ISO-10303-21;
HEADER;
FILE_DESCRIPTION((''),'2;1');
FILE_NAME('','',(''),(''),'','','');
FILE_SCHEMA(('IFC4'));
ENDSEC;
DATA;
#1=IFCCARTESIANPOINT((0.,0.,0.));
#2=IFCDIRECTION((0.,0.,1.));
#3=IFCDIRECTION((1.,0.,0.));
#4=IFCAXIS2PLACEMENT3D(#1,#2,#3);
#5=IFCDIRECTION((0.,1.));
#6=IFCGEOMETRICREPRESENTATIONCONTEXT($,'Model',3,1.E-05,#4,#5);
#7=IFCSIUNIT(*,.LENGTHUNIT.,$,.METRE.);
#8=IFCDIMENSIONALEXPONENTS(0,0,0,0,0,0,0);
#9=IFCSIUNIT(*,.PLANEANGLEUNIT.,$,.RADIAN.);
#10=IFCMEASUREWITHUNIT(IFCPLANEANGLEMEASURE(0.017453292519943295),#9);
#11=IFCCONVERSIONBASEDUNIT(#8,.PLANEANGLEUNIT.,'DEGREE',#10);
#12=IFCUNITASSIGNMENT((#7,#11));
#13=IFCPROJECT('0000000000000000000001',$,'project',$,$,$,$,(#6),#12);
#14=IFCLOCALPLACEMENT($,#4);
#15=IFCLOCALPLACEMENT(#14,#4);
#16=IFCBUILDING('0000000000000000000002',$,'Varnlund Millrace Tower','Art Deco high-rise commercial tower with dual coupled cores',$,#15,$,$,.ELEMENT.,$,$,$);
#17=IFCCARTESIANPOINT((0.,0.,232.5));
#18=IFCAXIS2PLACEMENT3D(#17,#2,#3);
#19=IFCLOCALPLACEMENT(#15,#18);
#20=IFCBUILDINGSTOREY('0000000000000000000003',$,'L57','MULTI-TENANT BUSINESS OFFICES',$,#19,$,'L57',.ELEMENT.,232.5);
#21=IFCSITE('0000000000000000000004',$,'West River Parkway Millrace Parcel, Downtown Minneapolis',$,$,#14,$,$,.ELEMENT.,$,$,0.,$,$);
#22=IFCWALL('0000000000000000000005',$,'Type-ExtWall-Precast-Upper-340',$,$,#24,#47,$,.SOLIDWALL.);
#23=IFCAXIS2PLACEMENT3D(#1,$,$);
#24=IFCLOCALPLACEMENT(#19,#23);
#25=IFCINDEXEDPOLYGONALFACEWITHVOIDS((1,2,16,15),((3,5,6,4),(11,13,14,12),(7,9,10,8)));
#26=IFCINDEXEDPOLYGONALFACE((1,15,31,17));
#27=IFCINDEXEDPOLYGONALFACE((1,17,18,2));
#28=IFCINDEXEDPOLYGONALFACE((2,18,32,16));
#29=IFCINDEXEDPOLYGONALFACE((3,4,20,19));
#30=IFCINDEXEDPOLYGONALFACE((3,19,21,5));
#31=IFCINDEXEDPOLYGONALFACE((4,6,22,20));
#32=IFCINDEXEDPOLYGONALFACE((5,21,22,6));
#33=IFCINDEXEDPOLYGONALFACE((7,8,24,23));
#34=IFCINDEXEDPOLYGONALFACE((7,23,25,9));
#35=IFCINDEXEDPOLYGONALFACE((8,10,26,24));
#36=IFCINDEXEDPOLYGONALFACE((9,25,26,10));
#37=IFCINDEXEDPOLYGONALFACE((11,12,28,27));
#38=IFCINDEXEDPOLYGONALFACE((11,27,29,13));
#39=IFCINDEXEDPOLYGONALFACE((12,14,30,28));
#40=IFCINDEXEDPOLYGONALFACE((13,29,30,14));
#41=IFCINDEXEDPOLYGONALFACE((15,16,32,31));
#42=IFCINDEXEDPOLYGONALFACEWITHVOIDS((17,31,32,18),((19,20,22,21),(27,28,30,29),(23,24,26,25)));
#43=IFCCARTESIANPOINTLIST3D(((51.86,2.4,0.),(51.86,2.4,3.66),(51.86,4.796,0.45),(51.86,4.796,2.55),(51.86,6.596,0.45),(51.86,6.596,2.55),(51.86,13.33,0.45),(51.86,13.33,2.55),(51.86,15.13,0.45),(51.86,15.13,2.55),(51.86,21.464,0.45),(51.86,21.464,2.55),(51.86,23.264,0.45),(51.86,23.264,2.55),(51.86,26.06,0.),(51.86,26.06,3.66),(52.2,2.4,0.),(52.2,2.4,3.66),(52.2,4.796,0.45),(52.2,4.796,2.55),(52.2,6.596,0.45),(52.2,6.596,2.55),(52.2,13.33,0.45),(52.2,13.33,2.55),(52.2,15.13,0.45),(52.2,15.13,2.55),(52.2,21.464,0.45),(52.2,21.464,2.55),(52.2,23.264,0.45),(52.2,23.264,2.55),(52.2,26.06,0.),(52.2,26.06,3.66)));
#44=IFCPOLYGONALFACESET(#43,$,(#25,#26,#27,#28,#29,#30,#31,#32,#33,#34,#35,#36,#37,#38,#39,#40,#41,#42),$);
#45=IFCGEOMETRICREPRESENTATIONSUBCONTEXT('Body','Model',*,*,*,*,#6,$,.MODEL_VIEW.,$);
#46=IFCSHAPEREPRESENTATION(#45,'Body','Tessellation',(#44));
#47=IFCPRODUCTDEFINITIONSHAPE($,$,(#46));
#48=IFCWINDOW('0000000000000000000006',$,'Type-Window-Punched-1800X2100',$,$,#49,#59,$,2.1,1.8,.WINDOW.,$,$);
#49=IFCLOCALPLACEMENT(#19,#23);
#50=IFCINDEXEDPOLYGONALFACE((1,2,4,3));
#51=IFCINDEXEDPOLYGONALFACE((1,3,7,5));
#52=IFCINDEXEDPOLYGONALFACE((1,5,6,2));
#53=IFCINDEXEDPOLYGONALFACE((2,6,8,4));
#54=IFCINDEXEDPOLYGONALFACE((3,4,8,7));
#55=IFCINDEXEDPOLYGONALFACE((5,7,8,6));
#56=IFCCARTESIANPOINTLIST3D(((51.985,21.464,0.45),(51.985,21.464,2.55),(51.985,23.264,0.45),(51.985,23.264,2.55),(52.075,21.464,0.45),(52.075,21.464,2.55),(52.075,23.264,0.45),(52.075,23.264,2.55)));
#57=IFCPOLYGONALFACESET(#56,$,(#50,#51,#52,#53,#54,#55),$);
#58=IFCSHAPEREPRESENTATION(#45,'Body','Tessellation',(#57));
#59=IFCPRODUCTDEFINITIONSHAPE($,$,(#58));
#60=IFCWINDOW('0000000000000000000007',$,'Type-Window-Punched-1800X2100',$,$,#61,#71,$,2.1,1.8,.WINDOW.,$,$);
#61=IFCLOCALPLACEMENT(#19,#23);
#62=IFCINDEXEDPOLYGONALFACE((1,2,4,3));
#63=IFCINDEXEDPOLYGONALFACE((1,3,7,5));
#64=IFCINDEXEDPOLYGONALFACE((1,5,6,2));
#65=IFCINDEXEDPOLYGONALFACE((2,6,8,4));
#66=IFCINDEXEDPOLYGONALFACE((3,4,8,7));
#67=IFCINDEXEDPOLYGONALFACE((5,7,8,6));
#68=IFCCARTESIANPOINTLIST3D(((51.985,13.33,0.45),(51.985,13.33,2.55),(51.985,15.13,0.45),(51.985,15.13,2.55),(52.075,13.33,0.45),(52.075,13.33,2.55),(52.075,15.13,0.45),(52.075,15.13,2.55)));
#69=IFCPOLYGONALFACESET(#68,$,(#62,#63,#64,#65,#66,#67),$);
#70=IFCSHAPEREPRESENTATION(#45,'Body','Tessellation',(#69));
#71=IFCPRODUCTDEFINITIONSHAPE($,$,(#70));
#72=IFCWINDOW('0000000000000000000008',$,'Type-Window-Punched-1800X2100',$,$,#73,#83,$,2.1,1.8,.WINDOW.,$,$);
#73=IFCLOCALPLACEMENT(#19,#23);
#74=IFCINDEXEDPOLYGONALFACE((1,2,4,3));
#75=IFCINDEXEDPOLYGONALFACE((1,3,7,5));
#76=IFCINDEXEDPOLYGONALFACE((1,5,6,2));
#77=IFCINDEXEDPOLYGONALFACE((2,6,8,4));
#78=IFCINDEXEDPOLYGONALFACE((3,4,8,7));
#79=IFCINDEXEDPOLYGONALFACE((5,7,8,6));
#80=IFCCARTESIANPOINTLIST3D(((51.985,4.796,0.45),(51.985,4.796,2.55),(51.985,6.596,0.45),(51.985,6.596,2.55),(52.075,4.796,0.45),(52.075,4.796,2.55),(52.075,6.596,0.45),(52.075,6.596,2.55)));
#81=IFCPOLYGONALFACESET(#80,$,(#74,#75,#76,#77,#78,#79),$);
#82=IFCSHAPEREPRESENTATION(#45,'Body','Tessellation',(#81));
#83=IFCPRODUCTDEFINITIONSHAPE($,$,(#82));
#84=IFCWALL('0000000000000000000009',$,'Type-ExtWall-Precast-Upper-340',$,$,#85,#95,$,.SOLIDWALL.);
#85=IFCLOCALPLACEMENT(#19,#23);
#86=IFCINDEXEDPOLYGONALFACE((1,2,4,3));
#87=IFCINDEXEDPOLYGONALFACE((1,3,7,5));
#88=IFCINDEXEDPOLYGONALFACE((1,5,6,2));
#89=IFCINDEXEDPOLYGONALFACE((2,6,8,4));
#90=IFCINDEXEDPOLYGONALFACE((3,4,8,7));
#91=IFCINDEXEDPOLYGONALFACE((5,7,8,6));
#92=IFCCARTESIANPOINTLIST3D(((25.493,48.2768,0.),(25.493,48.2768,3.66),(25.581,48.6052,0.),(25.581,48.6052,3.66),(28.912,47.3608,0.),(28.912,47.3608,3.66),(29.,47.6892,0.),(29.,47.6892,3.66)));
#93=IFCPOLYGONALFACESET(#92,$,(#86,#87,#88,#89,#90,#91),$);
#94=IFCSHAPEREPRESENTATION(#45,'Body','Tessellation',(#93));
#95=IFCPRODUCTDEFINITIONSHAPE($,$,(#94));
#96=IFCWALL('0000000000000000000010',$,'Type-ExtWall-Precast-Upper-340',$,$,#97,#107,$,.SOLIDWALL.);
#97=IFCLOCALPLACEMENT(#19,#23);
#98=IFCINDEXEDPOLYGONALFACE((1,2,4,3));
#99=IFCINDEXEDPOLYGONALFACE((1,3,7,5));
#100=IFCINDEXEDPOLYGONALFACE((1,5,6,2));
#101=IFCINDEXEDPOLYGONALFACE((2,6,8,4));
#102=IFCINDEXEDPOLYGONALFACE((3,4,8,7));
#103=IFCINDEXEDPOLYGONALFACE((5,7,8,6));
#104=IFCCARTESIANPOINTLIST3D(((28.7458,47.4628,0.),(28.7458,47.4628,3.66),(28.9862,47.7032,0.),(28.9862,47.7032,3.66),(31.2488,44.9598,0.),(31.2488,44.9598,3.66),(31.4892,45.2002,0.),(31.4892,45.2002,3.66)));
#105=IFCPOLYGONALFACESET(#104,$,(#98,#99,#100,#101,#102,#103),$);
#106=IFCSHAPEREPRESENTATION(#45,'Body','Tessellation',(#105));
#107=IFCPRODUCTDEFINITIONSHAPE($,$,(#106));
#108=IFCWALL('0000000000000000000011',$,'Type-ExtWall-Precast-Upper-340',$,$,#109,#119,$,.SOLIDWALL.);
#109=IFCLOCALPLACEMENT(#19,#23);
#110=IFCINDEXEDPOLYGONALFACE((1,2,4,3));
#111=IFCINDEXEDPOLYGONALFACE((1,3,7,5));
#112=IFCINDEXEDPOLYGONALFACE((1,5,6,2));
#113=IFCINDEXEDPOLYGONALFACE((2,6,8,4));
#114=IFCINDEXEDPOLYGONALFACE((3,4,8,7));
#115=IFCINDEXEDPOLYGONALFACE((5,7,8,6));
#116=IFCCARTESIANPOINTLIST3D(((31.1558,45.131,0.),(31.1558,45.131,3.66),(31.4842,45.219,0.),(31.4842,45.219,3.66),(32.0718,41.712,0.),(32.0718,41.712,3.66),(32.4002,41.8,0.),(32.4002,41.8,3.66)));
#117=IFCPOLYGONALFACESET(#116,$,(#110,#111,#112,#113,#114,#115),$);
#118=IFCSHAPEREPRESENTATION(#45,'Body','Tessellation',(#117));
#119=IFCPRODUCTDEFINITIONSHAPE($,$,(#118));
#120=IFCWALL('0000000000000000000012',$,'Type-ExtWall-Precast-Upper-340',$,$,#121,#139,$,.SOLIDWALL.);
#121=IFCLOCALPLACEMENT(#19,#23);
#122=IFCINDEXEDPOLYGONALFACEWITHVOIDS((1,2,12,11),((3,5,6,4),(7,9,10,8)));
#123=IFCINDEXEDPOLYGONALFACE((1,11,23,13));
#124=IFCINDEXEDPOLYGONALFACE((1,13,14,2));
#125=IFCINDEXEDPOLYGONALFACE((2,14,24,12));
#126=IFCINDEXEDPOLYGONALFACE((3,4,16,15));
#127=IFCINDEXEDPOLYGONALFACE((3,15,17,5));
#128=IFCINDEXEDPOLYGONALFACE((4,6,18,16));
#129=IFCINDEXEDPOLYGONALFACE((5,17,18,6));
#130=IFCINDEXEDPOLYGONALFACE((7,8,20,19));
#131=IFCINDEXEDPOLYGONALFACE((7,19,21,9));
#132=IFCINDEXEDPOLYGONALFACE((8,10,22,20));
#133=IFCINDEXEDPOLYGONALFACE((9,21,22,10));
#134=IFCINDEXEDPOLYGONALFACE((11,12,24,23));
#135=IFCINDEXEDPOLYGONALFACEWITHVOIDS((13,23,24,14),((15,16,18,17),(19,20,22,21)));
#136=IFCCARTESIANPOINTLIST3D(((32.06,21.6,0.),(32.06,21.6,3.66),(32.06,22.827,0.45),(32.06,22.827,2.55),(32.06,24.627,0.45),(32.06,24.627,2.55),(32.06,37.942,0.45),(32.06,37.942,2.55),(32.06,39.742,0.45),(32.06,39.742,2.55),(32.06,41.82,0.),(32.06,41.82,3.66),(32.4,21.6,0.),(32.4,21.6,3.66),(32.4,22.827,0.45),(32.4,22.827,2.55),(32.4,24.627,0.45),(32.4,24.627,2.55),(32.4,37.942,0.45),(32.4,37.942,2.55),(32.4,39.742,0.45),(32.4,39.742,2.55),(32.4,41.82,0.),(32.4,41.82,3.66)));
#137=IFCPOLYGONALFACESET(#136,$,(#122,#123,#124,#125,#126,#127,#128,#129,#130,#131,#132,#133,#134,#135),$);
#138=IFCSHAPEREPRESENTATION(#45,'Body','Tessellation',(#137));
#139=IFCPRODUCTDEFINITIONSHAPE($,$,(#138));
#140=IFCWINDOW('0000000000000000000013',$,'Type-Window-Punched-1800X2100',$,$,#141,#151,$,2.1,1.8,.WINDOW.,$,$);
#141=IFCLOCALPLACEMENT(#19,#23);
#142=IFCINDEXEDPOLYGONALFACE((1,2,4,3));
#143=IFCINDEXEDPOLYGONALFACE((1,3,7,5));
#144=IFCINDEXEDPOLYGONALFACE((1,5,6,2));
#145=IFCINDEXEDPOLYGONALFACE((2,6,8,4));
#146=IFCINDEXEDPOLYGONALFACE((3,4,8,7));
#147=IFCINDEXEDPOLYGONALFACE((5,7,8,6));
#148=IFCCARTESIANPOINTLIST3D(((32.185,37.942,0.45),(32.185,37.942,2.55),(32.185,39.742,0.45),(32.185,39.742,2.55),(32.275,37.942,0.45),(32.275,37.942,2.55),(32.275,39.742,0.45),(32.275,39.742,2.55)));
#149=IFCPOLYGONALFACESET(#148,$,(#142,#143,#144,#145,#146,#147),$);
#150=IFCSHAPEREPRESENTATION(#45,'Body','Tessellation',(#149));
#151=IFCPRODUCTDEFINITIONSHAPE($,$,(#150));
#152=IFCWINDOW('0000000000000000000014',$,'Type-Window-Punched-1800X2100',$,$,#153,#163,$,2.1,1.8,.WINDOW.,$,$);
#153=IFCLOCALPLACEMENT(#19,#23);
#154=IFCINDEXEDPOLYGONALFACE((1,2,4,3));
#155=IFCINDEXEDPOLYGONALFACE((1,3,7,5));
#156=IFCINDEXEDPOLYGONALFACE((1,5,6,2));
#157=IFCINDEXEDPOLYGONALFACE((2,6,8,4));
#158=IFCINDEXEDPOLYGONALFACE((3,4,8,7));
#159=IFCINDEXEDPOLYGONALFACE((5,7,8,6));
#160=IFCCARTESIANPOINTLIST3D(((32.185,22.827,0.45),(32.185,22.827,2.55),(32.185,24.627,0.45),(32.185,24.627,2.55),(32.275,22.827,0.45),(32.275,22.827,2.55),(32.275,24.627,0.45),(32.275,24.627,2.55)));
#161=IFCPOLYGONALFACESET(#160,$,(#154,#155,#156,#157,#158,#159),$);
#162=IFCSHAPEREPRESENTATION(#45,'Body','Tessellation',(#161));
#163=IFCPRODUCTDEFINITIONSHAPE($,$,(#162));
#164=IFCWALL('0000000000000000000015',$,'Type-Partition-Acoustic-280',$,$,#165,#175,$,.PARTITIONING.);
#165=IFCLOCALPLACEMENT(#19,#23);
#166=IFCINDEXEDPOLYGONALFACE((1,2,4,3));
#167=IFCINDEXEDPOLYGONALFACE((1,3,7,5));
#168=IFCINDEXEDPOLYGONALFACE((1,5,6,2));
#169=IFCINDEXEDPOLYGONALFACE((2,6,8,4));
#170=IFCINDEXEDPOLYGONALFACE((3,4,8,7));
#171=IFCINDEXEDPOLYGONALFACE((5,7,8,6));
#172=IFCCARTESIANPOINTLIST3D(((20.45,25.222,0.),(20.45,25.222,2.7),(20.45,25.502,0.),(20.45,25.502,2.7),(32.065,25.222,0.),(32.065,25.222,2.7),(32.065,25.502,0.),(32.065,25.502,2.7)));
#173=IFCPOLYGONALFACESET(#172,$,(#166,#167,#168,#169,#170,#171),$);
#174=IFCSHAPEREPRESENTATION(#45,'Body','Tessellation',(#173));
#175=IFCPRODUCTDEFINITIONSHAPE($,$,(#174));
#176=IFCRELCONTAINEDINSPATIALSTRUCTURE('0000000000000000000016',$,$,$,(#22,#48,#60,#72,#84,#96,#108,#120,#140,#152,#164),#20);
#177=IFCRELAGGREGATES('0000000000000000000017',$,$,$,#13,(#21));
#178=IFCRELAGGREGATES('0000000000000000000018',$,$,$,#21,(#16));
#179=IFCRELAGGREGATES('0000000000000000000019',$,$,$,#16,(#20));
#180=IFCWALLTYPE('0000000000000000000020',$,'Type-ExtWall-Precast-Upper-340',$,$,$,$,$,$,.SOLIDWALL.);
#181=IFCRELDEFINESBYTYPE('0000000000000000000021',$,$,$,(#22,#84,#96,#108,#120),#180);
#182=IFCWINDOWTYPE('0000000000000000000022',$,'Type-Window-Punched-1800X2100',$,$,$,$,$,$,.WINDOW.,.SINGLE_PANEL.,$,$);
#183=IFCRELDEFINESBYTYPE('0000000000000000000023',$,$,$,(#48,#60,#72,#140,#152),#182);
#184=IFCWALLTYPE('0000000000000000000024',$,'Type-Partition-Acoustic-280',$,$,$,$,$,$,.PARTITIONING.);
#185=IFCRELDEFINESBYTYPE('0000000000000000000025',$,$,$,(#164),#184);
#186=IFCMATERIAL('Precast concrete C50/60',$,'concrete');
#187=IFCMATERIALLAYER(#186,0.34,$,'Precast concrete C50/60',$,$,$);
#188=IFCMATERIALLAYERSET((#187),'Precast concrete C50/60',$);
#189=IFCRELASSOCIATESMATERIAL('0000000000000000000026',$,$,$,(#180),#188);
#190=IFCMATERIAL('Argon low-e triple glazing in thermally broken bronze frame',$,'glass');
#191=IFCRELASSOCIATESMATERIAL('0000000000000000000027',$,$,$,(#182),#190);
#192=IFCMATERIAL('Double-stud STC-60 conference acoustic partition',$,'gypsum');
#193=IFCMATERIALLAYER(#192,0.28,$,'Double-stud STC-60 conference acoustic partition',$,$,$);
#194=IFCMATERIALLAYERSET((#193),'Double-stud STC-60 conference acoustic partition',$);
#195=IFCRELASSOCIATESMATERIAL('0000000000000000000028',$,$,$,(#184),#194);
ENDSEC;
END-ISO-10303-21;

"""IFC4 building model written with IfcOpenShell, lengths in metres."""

from ifc_helpers import new_model, entity, si_unit, converted_unit, direction, frame, origin_with_axes, origin_2d_with_axis, place, context, subcontext, project, spatial, polyline, rectangle, outline, extrude, material, layer, layer_set, type_object, element, fill, save


model = new_model("IFC4")

# Units and contexts
model_context = context("Model", 3, precision=1e-05, world=origin_with_axes(), true_north=direction((0.0, 1.0)))
body_context = subcontext(model_context, "Body", "Model", "MODEL_VIEW")
ifc_project = project(units=[si_unit("LENGTHUNIT", "METRE"), converted_unit("PLANEANGLEUNIT", "DEGREE", entity("IfcPlaneAngleMeasure", 0.017453292519943295), si_unit("PLANEANGLEUNIT", "RADIAN"), dimensions=[0, 0, 0, 0, 0, 0, 0])], contexts=[model_context])

# Site, building, storey
site_placement = place(None, origin_with_axes())
site = spatial("IfcSite", under=ifc_project, at=site_placement, Name="West River Parkway Millrace Parcel, Downtown Minneapolis", CompositionType="ELEMENT", RefElevation=0.0)
building_placement = place(site_placement, origin_with_axes())
building = spatial("IfcBuilding", under=site, at=building_placement, Name="Varnlund Millrace Tower", Description="Art Deco high-rise commercial tower with dual coupled cores", CompositionType="ELEMENT")
storey_placement = place(building_placement, frame((0.0, 0.0, 232.5), z_axis=(0.0, 0.0, 1.0), x_axis=(1.0, 0.0, 0.0)))
storey = spatial("IfcBuildingStorey", under=building, at=storey_placement, Name="L57", Description="MULTI-TENANT BUSINESS OFFICES", LongName="L57", CompositionType="ELEMENT", Elevation=232.5)

# Shared definitions
ifc_material_1 = material(Name="Precast concrete C50/60", Category="concrete")
ifc_layer_1 = layer(ifc_material_1, 0.34, Name="Precast concrete C50/60")
ifc_layer_set_1 = layer_set([ifc_layer_1], Name="Precast concrete C50/60")
wall_type_1 = type_object("IfcWallType", Name="Type-ExtWall-Precast-Upper-340", PredefinedType="SOLIDWALL", material=ifc_layer_set_1)
ifc_material_2 = material(Name="Argon low-e triple glazing in thermally broken bronze frame", Category="glass")
window_type = type_object("IfcWindowType", Name="Type-Window-Punched-1800X2100", PartitioningType="SINGLE_PANEL", PredefinedType="WINDOW", material=ifc_material_2)

# Wall, openings, windows
wall_1_placement = place(storey_placement, frame((52.03, 26.06, 0.0), z_axis=(0.0, 0.0, 1.0), x_axis=(0.0, -1.0, 0.0)))
wall_1 = element("IfcWall", 1, at=wall_1_placement, inside=storey, type_object=wall_type_1, Name="Type-ExtWall-Precast-Upper-340", PredefinedType="SOLIDWALL", context=body_context, shape_type="SweptSolid", body=[
    extrude(outline(polyline([(0.0, -0.17), (23.66, -0.17), (23.66, 0.17), (0.0, 0.17), (0.0, -0.17)])), origin_with_axes(), (0.0, 0.0, 1.0), 3.66),
])
opening_1_placement = place(wall_1_placement, frame((3.696, 0.0, 0.45), z_axis=(0.0, 0.0, 1.0), x_axis=(1.0, 0.0, 0.0)))
opening_1 = element("IfcOpeningElement", 2, at=opening_1_placement, cuts=wall_1, PredefinedType="OPENING", context=body_context, shape_type="SweptSolid", body=[
    extrude(rectangle(XDim=1.8, YDim=0.36, at=origin_2d_with_axis()), origin_with_axes(), (0.0, 0.0, 1.0), 2.1),
])
opening_2_placement = place(wall_1_placement, frame((11.83, 0.0, 0.45), z_axis=(0.0, 0.0, 1.0), x_axis=(1.0, 0.0, 0.0)))
opening_2 = element("IfcOpeningElement", 3, at=opening_2_placement, cuts=wall_1, PredefinedType="OPENING", context=body_context, shape_type="SweptSolid", body=[
    extrude(rectangle(XDim=1.8, YDim=0.36, at=origin_2d_with_axis()), origin_with_axes(), (0.0, 0.0, 1.0), 2.1),
])
opening_3_placement = place(wall_1_placement, frame((20.364, 0.0, 0.45), z_axis=(0.0, 0.0, 1.0), x_axis=(1.0, 0.0, 0.0)))
opening_3 = element("IfcOpeningElement", 4, at=opening_3_placement, cuts=wall_1, PredefinedType="OPENING", context=body_context, shape_type="SweptSolid", body=[
    extrude(rectangle(XDim=1.8, YDim=0.36, at=origin_2d_with_axis()), origin_with_axes(), (0.0, 0.0, 1.0), 2.1),
])
window_1_placement = place(wall_1_placement, frame((3.696, 0.0, 0.45), z_axis=(0.0, 0.0, 1.0), x_axis=(1.0, 0.0, 0.0)))
window_1 = element("IfcWindow", 5, at=window_1_placement, inside=storey, type_object=window_type, Name="Type-Window-Punched-1800X2100", OverallHeight=2.1, OverallWidth=1.8, PredefinedType="WINDOW", context=body_context, shape_type="SweptSolid", body=[
    extrude(rectangle(XDim=1.8, YDim=0.09, at=origin_2d_with_axis()), origin_with_axes(), (0.0, 0.0, 1.0), 2.1),
])
fill(opening_1, window_1)
window_2_placement = place(wall_1_placement, frame((11.83, 0.0, 0.45), z_axis=(0.0, 0.0, 1.0), x_axis=(1.0, 0.0, 0.0)))
window_2 = element("IfcWindow", 6, at=window_2_placement, inside=storey, type_object=window_type, Name="Type-Window-Punched-1800X2100", OverallHeight=2.1, OverallWidth=1.8, PredefinedType="WINDOW", context=body_context, shape_type="SweptSolid", body=[
    extrude(rectangle(XDim=1.8, YDim=0.09, at=origin_2d_with_axis()), origin_with_axes(), (0.0, 0.0, 1.0), 2.1),
])
fill(opening_2, window_2)
window_3_placement = place(wall_1_placement, frame((20.364, 0.0, 0.45), z_axis=(0.0, 0.0, 1.0), x_axis=(1.0, 0.0, 0.0)))
window_3 = element("IfcWindow", 7, at=window_3_placement, inside=storey, type_object=window_type, Name="Type-Window-Punched-1800X2100", OverallHeight=2.1, OverallWidth=1.8, PredefinedType="WINDOW", context=body_context, shape_type="SweptSolid", body=[
    extrude(rectangle(XDim=1.8, YDim=0.09, at=origin_2d_with_axis()), origin_with_axes(), (0.0, 0.0, 1.0), 2.1),
])
fill(opening_3, window_3)

# Walls
wall_2_placement = place(storey_placement, frame((25.537, 48.441, 0.0), z_axis=(0.0, 0.0, 1.0), x_axis=(0.965934, -0.258788, 0.0)))
element("IfcWall", 8, at=wall_2_placement, inside=storey, type_object=wall_type_1, Name="Type-ExtWall-Precast-Upper-340", PredefinedType="SOLIDWALL", context=body_context, shape_type="SweptSolid", body=[
    extrude(outline(polyline([(0.0, -0.17), (3.5396, -0.17), (3.5396, 0.17), (0.0, 0.17), (0.0, -0.17)])), origin_with_axes(), (0.0, 0.0, 1.0), 3.66),
])
wall_3_placement = place(storey_placement, frame((28.866, 47.583, 0.0), z_axis=(0.0, 0.0, 1.0), x_axis=(0.707107, -0.707107, 0.0)))
element("IfcWall", 9, at=wall_3_placement, inside=storey, type_object=wall_type_1, Name="Type-ExtWall-Precast-Upper-340", PredefinedType="SOLIDWALL", context=body_context, shape_type="SweptSolid", body=[
    extrude(outline(polyline([(0.0, -0.17), (3.5398, -0.17), (3.5398, 0.17), (0.0, 0.17), (0.0, -0.17)])), origin_with_axes(), (0.0, 0.0, 1.0), 3.66),
])
wall_4_placement = place(storey_placement, frame((31.32, 45.175, 0.0), z_axis=(0.0, 0.0, 1.0), x_axis=(0.258788, -0.965934, 0.0)))
element("IfcWall", 10, at=wall_4_placement, inside=storey, type_object=wall_type_1, Name="Type-ExtWall-Precast-Upper-340", PredefinedType="SOLIDWALL", context=body_context, shape_type="SweptSolid", body=[
    extrude(outline(polyline([(0.0, -0.17), (3.5396, -0.17), (3.5396, 0.17), (0.0, 0.17), (0.0, -0.17)])), origin_with_axes(), (0.0, 0.0, 1.0), 3.66),
])

# Wall, openings, windows
wall_5_placement = place(storey_placement, frame((32.23, 41.82, 0.0), z_axis=(0.0, 0.0, 1.0), x_axis=(0.0, -1.0, 0.0)))
wall_5 = element("IfcWall", 11, at=wall_5_placement, inside=storey, type_object=wall_type_1, Name="Type-ExtWall-Precast-Upper-340", PredefinedType="SOLIDWALL", context=body_context, shape_type="SweptSolid", body=[
    extrude(outline(polyline([(0.0, -0.17), (20.22, -0.17), (20.22, 0.17), (0.0, 0.17), (0.0, -0.17)])), origin_with_axes(), (0.0, 0.0, 1.0), 3.66),
])
opening_4_placement = place(wall_5_placement, frame((2.978, 0.0, 0.45), z_axis=(0.0, 0.0, 1.0), x_axis=(1.0, 0.0, 0.0)))
opening_4 = element("IfcOpeningElement", 12, at=opening_4_placement, cuts=wall_5, PredefinedType="OPENING", context=body_context, shape_type="SweptSolid", body=[
    extrude(rectangle(XDim=1.8, YDim=0.36, at=origin_2d_with_axis()), origin_with_axes(), (0.0, 0.0, 1.0), 2.1),
])
opening_5_placement = place(wall_5_placement, frame((18.093, 0.0, 0.45), z_axis=(0.0, 0.0, 1.0), x_axis=(1.0, 0.0, 0.0)))
opening_5 = element("IfcOpeningElement", 13, at=opening_5_placement, cuts=wall_5, PredefinedType="OPENING", context=body_context, shape_type="SweptSolid", body=[
    extrude(rectangle(XDim=1.8, YDim=0.36, at=origin_2d_with_axis()), origin_with_axes(), (0.0, 0.0, 1.0), 2.1),
])
window_4_placement = place(wall_5_placement, frame((2.978, 0.0, 0.45), z_axis=(0.0, 0.0, 1.0), x_axis=(1.0, 0.0, 0.0)))
window_4 = element("IfcWindow", 14, at=window_4_placement, inside=storey, type_object=window_type, Name="Type-Window-Punched-1800X2100", OverallHeight=2.1, OverallWidth=1.8, PredefinedType="WINDOW", context=body_context, shape_type="SweptSolid", body=[
    extrude(rectangle(XDim=1.8, YDim=0.09, at=origin_2d_with_axis()), origin_with_axes(), (0.0, 0.0, 1.0), 2.1),
])
fill(opening_4, window_4)
window_5_placement = place(wall_5_placement, frame((18.093, 0.0, 0.45), z_axis=(0.0, 0.0, 1.0), x_axis=(1.0, 0.0, 0.0)))
window_5 = element("IfcWindow", 15, at=window_5_placement, inside=storey, type_object=window_type, Name="Type-Window-Punched-1800X2100", OverallHeight=2.1, OverallWidth=1.8, PredefinedType="WINDOW", context=body_context, shape_type="SweptSolid", body=[
    extrude(rectangle(XDim=1.8, YDim=0.09, at=origin_2d_with_axis()), origin_with_axes(), (0.0, 0.0, 1.0), 2.1),
])
fill(opening_5, window_5)

# Wall
ifc_material_3 = material(Name="Double-stud STC-60 conference acoustic partition", Category="gypsum")
ifc_layer_2 = layer(ifc_material_3, 0.28, Name="Double-stud STC-60 conference acoustic partition")
ifc_layer_set_2 = layer_set([ifc_layer_2], Name="Double-stud STC-60 conference acoustic partition")
wall_type_2 = type_object("IfcWallType", Name="Type-Partition-Acoustic-280", PredefinedType="PARTITIONING", material=ifc_layer_set_2)
wall_6_placement = place(storey_placement, frame((20.45, 25.362, 0.0), z_axis=(0.0, 0.0, 1.0), x_axis=(1.0, 0.0, 0.0)))
element("IfcWall", 16, at=wall_6_placement, inside=storey, type_object=wall_type_2, Name="Type-Partition-Acoustic-280", PredefinedType="PARTITIONING", context=body_context, shape_type="SweptSolid", body=[
    extrude(outline(polyline([(0.0, -0.14), (11.615, -0.14), (11.615, 0.14), (0.0, 0.14), (0.0, -0.14)])), origin_with_axes(), (0.0, 0.0, 1.0), 2.7),
])

save(model, "model.ifc")
